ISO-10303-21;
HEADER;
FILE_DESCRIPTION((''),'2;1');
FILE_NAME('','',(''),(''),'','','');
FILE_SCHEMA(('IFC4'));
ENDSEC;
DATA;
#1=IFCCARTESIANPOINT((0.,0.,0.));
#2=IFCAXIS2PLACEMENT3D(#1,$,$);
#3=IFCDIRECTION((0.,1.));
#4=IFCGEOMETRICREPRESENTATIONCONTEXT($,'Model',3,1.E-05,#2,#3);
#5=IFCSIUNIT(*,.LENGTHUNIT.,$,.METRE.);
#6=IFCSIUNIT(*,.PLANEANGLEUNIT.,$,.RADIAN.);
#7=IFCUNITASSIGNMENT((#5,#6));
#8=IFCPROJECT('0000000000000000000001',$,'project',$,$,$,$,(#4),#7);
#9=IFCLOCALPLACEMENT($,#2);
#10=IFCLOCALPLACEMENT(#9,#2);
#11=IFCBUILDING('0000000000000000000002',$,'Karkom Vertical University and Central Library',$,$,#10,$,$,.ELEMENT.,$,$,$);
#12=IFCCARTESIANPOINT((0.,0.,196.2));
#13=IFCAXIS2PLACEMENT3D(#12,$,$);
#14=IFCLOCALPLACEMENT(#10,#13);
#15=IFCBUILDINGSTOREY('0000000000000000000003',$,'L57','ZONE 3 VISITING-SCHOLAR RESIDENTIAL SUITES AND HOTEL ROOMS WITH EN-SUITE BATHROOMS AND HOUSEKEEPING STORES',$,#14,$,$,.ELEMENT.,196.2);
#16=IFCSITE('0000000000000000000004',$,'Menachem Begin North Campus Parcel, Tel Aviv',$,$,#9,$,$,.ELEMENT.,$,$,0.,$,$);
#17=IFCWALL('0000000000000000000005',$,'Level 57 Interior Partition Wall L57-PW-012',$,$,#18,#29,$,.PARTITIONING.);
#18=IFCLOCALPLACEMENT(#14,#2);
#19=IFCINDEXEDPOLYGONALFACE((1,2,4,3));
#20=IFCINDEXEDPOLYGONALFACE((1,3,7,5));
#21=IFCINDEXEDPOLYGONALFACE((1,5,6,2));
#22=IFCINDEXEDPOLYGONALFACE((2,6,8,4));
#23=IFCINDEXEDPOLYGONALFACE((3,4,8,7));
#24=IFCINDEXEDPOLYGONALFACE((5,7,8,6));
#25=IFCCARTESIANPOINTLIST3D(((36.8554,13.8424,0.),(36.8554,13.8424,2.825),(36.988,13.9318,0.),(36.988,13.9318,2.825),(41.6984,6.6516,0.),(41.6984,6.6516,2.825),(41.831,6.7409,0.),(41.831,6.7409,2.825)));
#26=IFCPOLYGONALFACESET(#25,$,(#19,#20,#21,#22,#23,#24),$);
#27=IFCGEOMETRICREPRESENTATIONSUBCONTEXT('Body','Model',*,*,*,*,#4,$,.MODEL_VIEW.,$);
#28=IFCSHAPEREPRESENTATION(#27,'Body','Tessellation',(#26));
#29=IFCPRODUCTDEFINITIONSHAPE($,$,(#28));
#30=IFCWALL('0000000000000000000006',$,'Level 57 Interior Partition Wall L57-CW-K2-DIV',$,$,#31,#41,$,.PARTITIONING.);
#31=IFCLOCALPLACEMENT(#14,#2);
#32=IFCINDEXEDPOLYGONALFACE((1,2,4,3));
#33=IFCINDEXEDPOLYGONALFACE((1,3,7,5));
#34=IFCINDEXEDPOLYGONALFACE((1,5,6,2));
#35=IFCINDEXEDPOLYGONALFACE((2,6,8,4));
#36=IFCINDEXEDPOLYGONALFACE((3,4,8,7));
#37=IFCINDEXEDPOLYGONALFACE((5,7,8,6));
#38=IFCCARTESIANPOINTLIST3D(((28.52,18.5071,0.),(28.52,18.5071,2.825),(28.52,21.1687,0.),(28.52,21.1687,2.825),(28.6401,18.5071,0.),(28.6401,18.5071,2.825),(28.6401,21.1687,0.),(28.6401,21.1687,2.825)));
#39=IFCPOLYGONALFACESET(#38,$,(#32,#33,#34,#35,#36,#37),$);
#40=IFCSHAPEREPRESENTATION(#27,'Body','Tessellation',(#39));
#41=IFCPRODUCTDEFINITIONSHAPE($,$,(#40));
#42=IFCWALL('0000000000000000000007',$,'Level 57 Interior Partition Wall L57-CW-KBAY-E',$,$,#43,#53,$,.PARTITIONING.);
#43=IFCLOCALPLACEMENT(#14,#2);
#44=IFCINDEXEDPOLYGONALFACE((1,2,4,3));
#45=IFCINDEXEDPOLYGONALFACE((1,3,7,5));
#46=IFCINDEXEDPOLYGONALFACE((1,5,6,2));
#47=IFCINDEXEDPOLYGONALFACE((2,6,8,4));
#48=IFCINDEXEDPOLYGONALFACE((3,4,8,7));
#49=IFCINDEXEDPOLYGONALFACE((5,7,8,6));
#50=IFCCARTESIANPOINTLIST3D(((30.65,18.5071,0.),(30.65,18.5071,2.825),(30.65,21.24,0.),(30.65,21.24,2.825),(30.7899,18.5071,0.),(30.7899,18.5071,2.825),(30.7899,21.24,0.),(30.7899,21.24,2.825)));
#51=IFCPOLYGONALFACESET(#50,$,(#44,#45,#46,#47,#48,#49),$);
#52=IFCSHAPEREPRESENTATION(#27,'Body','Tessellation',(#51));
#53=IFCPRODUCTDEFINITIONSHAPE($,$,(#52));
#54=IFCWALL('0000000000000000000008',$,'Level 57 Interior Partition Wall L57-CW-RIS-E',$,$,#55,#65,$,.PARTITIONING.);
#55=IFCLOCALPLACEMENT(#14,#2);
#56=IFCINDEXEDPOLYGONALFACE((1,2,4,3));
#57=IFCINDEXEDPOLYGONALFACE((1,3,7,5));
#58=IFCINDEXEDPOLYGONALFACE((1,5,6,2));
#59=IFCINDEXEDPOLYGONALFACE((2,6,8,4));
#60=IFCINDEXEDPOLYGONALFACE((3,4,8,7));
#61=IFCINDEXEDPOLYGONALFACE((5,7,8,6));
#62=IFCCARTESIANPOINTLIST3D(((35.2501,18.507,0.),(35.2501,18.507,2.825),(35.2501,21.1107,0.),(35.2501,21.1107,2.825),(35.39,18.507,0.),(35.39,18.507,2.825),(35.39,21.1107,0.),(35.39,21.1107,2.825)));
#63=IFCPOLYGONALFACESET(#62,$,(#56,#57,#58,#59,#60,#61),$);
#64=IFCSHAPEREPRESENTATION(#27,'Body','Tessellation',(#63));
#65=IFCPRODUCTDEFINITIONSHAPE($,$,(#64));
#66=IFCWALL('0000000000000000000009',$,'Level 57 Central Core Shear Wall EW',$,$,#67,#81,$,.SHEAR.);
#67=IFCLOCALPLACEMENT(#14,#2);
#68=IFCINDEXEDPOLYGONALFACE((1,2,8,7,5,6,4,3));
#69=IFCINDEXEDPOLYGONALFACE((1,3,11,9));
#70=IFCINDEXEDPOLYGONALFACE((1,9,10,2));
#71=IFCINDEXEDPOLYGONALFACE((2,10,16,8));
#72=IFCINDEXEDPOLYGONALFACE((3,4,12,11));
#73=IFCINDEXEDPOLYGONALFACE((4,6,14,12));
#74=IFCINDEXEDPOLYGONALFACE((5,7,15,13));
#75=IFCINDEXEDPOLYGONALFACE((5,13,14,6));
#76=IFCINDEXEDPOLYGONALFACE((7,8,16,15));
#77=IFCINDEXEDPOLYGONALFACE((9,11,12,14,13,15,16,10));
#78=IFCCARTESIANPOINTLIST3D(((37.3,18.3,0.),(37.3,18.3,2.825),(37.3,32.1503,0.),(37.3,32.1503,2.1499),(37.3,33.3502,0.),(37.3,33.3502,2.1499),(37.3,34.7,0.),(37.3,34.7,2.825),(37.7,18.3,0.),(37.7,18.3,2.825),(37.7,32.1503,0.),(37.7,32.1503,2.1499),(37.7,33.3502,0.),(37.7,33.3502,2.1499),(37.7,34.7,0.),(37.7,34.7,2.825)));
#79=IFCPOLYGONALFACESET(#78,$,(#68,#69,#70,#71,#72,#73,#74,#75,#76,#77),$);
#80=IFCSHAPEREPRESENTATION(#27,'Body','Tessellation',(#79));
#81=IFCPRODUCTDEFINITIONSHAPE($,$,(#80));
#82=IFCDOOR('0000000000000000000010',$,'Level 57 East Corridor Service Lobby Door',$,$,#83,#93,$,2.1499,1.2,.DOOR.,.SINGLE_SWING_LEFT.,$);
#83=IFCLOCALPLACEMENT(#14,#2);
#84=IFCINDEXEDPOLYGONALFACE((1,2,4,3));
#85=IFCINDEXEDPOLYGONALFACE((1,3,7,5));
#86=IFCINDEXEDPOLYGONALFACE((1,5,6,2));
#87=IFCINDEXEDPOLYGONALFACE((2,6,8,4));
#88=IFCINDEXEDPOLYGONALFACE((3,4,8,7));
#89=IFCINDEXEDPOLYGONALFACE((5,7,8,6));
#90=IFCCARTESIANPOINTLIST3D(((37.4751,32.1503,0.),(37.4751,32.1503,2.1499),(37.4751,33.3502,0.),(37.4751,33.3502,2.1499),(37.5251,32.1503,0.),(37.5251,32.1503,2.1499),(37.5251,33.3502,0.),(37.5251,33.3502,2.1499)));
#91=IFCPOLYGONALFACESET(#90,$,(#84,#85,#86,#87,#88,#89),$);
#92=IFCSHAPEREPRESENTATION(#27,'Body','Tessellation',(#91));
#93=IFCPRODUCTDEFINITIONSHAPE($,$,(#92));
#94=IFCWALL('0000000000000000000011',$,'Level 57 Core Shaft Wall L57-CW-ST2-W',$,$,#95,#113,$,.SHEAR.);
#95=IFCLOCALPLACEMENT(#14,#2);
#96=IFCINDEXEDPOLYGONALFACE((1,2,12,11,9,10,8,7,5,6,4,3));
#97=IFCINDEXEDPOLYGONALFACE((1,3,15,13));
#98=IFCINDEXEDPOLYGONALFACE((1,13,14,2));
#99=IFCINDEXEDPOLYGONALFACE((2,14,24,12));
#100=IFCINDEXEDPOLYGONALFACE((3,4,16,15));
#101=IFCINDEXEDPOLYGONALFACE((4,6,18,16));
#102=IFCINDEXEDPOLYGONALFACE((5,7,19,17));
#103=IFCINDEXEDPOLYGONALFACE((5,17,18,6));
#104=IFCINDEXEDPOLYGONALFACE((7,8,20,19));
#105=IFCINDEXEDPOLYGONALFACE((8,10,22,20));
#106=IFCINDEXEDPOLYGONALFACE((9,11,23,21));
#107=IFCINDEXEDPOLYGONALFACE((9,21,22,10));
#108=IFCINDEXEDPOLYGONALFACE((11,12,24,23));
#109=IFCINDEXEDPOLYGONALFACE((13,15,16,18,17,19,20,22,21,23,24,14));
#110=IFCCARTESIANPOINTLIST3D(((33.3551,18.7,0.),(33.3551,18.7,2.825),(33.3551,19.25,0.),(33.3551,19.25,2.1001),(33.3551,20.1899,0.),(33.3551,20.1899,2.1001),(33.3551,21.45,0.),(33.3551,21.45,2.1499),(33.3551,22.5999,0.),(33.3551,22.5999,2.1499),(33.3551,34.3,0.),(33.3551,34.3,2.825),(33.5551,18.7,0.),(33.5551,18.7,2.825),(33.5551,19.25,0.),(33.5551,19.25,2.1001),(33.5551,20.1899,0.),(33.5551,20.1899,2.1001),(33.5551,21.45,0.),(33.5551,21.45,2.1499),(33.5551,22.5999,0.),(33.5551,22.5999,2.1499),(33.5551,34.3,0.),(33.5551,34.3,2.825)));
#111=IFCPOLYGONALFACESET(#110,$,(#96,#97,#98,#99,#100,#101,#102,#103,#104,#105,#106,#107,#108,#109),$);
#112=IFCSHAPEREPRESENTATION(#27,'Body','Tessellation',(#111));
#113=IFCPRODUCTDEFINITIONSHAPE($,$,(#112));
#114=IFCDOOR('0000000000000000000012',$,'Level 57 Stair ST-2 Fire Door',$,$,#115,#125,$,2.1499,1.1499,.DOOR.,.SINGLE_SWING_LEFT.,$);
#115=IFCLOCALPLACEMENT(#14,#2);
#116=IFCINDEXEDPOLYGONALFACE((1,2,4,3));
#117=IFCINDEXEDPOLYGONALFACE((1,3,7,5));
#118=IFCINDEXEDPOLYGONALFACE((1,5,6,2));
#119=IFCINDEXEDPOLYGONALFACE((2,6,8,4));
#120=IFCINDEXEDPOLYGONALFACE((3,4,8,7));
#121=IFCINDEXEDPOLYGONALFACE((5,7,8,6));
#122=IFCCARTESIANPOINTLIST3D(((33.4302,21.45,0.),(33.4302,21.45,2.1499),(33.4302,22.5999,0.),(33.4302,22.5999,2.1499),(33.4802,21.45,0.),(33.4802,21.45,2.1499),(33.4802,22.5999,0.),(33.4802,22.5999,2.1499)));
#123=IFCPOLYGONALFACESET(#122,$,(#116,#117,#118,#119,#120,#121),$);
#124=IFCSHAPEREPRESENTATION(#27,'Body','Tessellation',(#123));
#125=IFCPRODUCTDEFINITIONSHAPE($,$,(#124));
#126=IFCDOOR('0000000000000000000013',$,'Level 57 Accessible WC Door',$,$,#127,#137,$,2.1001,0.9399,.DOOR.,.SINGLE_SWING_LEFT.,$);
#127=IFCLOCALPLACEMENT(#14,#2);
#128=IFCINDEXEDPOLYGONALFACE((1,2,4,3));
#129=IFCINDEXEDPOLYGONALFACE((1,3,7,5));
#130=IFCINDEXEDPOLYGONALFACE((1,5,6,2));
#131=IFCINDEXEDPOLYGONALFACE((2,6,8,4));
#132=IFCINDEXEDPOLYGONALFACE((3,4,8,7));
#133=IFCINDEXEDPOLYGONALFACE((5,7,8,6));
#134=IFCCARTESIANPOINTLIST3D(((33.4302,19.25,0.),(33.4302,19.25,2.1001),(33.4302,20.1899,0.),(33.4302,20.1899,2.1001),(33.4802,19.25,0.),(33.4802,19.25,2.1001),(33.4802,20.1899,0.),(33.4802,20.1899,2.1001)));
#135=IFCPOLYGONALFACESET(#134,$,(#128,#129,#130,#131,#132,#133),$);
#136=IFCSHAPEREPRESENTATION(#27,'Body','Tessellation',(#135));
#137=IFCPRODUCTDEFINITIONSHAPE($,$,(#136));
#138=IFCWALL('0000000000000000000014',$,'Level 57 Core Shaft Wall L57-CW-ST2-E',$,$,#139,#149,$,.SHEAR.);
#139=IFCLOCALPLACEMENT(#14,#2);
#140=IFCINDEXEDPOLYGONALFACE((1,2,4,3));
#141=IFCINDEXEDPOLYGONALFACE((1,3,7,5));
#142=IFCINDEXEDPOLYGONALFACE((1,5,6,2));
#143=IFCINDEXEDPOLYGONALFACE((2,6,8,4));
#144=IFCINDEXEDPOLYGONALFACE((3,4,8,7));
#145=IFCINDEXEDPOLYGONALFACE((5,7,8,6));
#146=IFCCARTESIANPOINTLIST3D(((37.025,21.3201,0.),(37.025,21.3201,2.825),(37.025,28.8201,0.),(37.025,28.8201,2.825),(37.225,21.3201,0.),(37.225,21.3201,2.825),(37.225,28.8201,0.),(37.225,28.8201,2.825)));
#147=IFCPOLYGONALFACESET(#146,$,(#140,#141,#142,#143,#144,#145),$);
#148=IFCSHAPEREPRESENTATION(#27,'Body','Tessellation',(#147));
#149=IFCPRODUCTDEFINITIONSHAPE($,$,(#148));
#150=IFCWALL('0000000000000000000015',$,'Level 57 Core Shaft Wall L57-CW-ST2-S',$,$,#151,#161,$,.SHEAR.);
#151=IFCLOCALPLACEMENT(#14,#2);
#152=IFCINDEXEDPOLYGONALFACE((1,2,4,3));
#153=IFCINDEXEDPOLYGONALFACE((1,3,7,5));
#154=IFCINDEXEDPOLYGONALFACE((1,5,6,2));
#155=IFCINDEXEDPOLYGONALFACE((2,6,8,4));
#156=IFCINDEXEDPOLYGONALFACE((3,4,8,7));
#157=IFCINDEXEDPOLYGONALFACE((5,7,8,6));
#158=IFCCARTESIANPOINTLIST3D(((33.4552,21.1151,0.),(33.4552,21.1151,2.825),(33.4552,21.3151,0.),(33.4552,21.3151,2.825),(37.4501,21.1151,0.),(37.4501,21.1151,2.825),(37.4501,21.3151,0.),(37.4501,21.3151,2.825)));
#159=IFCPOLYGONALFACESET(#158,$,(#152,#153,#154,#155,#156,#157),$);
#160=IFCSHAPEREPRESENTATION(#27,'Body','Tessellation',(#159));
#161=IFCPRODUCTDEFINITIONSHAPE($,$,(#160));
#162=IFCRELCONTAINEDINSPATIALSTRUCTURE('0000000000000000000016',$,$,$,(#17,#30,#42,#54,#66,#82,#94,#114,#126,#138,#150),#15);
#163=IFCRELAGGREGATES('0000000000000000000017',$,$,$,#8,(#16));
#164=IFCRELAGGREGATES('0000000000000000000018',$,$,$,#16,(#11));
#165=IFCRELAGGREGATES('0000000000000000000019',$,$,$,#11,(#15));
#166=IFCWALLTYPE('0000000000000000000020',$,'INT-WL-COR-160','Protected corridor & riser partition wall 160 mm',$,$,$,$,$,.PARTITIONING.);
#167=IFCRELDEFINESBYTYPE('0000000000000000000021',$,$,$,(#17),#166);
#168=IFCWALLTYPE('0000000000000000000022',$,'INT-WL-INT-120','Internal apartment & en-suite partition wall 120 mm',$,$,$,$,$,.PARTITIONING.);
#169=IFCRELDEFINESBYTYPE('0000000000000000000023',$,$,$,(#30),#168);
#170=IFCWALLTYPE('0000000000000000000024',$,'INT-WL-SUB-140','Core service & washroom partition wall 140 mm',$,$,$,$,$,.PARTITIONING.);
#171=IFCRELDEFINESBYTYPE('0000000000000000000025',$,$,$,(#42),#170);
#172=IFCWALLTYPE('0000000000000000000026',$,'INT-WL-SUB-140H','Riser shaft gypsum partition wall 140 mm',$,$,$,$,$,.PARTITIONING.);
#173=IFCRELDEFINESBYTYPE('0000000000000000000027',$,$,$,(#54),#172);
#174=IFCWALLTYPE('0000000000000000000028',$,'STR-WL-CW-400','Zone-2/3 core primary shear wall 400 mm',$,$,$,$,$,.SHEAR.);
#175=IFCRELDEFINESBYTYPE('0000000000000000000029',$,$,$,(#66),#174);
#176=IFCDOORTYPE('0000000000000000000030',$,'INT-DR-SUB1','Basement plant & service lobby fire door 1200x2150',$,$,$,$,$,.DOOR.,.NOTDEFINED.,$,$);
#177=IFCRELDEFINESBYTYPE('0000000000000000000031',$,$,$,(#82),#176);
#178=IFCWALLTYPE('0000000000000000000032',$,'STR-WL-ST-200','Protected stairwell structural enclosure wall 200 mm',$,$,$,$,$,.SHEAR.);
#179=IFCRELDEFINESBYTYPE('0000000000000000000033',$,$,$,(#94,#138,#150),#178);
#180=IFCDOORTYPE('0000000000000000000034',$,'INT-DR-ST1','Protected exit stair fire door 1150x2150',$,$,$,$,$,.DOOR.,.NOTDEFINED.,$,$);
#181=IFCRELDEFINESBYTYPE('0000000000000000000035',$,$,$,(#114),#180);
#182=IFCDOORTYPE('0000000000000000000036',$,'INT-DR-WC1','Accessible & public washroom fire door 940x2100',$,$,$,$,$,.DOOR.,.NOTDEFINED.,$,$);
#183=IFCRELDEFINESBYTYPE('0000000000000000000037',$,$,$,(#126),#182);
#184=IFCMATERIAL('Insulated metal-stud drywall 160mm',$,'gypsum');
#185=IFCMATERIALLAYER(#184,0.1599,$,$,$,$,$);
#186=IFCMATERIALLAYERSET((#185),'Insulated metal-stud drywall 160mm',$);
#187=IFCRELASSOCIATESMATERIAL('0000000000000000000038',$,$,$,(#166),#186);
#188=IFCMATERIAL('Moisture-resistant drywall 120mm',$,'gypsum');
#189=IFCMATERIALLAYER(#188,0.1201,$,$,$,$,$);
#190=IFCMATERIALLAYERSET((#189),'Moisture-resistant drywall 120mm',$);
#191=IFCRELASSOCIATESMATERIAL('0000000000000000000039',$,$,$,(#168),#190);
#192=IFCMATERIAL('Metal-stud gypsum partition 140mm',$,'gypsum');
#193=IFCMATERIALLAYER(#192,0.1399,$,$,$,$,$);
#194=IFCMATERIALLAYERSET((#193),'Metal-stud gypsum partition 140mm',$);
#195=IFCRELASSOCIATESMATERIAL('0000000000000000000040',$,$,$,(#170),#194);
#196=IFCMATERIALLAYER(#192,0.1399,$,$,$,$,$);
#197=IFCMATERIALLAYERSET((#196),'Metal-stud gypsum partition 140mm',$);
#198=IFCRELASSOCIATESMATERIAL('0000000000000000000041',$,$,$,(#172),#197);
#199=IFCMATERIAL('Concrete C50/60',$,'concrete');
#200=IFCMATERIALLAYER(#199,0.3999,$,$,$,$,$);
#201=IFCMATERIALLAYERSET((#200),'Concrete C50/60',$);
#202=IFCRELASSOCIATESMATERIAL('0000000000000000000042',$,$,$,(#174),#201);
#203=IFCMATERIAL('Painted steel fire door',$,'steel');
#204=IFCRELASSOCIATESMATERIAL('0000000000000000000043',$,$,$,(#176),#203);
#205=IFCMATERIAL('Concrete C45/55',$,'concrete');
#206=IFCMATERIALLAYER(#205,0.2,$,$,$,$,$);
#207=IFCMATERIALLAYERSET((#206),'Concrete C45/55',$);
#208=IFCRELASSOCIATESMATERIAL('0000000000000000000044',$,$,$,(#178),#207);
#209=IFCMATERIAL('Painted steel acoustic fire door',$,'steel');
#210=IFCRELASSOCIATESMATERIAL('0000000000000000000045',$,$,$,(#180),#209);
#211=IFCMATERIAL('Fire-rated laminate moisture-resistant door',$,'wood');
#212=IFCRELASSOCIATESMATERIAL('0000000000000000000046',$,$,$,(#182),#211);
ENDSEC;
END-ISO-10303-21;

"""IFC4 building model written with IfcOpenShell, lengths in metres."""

from ifc_helpers import new_model, si_unit, direction, frame, frame_2d, origin, origin_with_axes, place, context, subcontext, project, spatial, rectangle, extrude, source, transform, mapped, material, layer, layer_set, type_object, element, fill, save


model = new_model("IFC4")

# Units and contexts
model_context = context("Model", 3, precision=1e-05, world=origin(), true_north=direction((0.0, 1.0)))
body_context = subcontext(model_context, "Body", "Model", "MODEL_VIEW")
ifc_project = project(units=[si_unit("LENGTHUNIT", "METRE"), si_unit("PLANEANGLEUNIT", "RADIAN")], contexts=[model_context])

# Site, building, storey
site_placement = place(None, origin())
site = spatial("IfcSite", under=ifc_project, at=site_placement, Name="Menachem Begin North Campus Parcel, Tel Aviv", CompositionType="ELEMENT", RefElevation=0.0)
building_placement = place(site_placement, origin())
building = spatial("IfcBuilding", under=site, at=building_placement, Name="Karkom Vertical University and Central Library", CompositionType="ELEMENT")
storey_placement = place(building_placement, frame((0.0, 0.0, 196.2)))
storey = spatial("IfcBuildingStorey", under=building, at=storey_placement, Name="L57", Description="ZONE 3 VISITING-SCHOLAR RESIDENTIAL SUITES AND HOTEL ROOMS WITH EN-SUITE BATHROOMS AND HOUSEKEEPING STORES", CompositionType="ELEMENT", Elevation=196.2)

# Shared definitions
ifc_material_1 = material(Name="Concrete C50/60", Category="concrete")

# Shared definitions
ifc_material_2 = material(Name="Insulated metal-stud drywall 160mm", Category="gypsum")
ifc_layer_1 = layer(ifc_material_2, 0.1599)
ifc_layer_set_1 = layer_set([ifc_layer_1], Name="Insulated metal-stud drywall 160mm")
wall_type_1 = type_object("IfcWallType", Name="INT-WL-COR-160", Description="Protected corridor & riser partition wall 160 mm", PredefinedType="PARTITIONING", material=ifc_layer_set_1)

# Walls
wall_1_placement = place(storey_placement, frame((36.9216, 13.8872, 0.0), z_axis=(0.0, 0.0, 1.0), x_axis=(0.558613, -0.829429, 0.0)))
element("IfcWall", 1, at=wall_1_placement, inside=storey, type_object=wall_type_1, Name="Level 57 Interior Partition Wall L57-PW-012", PredefinedType="PARTITIONING", context=body_context, shape_type="SweptSolid", body=[
    extrude(rectangle(XDim=8.6697, YDim=0.1599, at=frame_2d((4.335, 0.0))), origin(), (0.0, 0.0, 1.0), 2.825),
])
ifc_material_3 = material(Name="Moisture-resistant drywall 120mm", Category="gypsum")
ifc_layer_2 = layer(ifc_material_3, 0.1201)
ifc_layer_set_2 = layer_set([ifc_layer_2], Name="Moisture-resistant drywall 120mm")
wall_type_2 = type_object("IfcWallType", Name="INT-WL-INT-120", Description="Internal apartment & en-suite partition wall 120 mm", PredefinedType="PARTITIONING", material=ifc_layer_set_2)
wall_2_placement = place(storey_placement, frame((28.5801, 18.5071, 0.0), z_axis=(0.0, 0.0, 1.0), x_axis=(0.0, 1.0, 0.0)))
element("IfcWall", 2, at=wall_2_placement, inside=storey, type_object=wall_type_2, Name="Level 57 Interior Partition Wall L57-CW-K2-DIV", PredefinedType="PARTITIONING", context=body_context, shape_type="SweptSolid", body=[
    extrude(rectangle(XDim=2.6616, YDim=0.1201, at=frame_2d((1.3308, 0.0))), origin(), (0.0, 0.0, 1.0), 2.825),
])
ifc_material_4 = material(Name="Metal-stud gypsum partition 140mm", Category="gypsum")
ifc_layer_3 = layer(ifc_material_4, 0.1399)
ifc_layer_set_3 = layer_set([ifc_layer_3], Name="Metal-stud gypsum partition 140mm")
wall_type_3 = type_object("IfcWallType", Name="INT-WL-SUB-140", Description="Core service & washroom partition wall 140 mm", PredefinedType="PARTITIONING", material=ifc_layer_set_3)
wall_3_placement = place(storey_placement, frame((30.72, 18.5071, 0.0), z_axis=(0.0, 0.0, 1.0), x_axis=(0.0, 1.0, 0.0)))
element("IfcWall", 3, at=wall_3_placement, inside=storey, type_object=wall_type_3, Name="Level 57 Interior Partition Wall L57-CW-KBAY-E", PredefinedType="PARTITIONING", context=body_context, shape_type="SweptSolid", body=[
    extrude(rectangle(XDim=2.7329, YDim=0.1399, at=frame_2d((1.3665, 0.0))), origin(), (0.0, 0.0, 1.0), 2.825),
])
ifc_layer_4 = layer(ifc_material_4, 0.1399)
ifc_layer_set_4 = layer_set([ifc_layer_4], Name="Metal-stud gypsum partition 140mm")
wall_type_4 = type_object("IfcWallType", Name="INT-WL-SUB-140H", Description="Riser shaft gypsum partition wall 140 mm", PredefinedType="PARTITIONING", material=ifc_layer_set_4)
wall_4_placement = place(storey_placement, frame((35.3201, 18.5071, 0.0), z_axis=(0.0, 0.0, 1.0), x_axis=(0.0, 1.0, 0.0)))
element("IfcWall", 4, at=wall_4_placement, inside=storey, type_object=wall_type_4, Name="Level 57 Interior Partition Wall L57-CW-RIS-E", PredefinedType="PARTITIONING", context=body_context, shape_type="SweptSolid", body=[
    extrude(rectangle(XDim=2.6038, YDim=0.1399, at=frame_2d((1.3018, 0.0))), origin(), (0.0, 0.0, 1.0), 2.825),
])

# Wall, opening, door
ifc_layer_5 = layer(ifc_material_1, 0.3999)
ifc_layer_set_5 = layer_set([ifc_layer_5], Name="Concrete C50/60")
wall_type_5 = type_object("IfcWallType", Name="STR-WL-CW-400", Description="Zone-2/3 core primary shear wall 400 mm", PredefinedType="SHEAR", material=ifc_layer_set_5)
wall_5_placement = place(storey_placement, frame((37.5, 18.3, 0.0), z_axis=(0.0, 0.0, 1.0), x_axis=(0.0, 1.0, 0.0)))
wall_5 = element("IfcWall", 5, at=wall_5_placement, inside=storey, type_object=wall_type_5, Name="Level 57 Central Core Shear Wall EW", PredefinedType="SHEAR", context=body_context, shape_type="SweptSolid", body=[
    extrude(rectangle(XDim=16.3999, YDim=0.3999, at=frame_2d((8.2, 0.0))), origin(), (0.0, 0.0, 1.0), 2.825),
])
opening_1_placement = place(wall_5_placement, frame((13.8501, 0.0, 0.0)))
opening_1 = element("IfcOpeningElement", 6, at=opening_1_placement, cuts=wall_5, PredefinedType="OPENING", context=body_context, shape_type="SweptSolid", body=[
    extrude(rectangle(XDim=1.2, YDim=2.1499, at=frame_2d((0.6001, 1.075))), frame((0.0, 0.21, 0.0), z_axis=(0.0, -1.0, 0.0), x_axis=(1.0, 0.0, 0.0)), (0.0, 0.0, 1.0), 0.4199),
])
ifc_material_5 = material(Name="Painted steel fire door", Category="steel")
door_type_1 = type_object("IfcDoorType", Name="INT-DR-SUB1", Description="Basement plant & service lobby fire door 1200x2150", OperationType="NOTDEFINED", PredefinedType="DOOR", material=ifc_material_5)
shared_shape_1 = source(origin_with_axes(), body_context, "Body", "SweptSolid", [
    extrude(rectangle(XDim=1.2, YDim=2.1499, at=frame_2d((0.6001, 1.075))), frame((0.0, 0.0249, 0.0), z_axis=(0.0, -1.0, 0.0), x_axis=(1.0, 0.0, 0.0)), (0.0, 0.0, 1.0), 0.05),
])
door_1_placement = place(opening_1_placement, origin())
door_1 = element("IfcDoor", 7, at=door_1_placement, inside=storey, type_object=door_type_1, Name="Level 57 East Corridor Service Lobby Door", OperationType="SINGLE_SWING_LEFT", OverallHeight=2.1499, OverallWidth=1.2, PredefinedType="DOOR", context=body_context, shape_type="MappedRepresentation", body=[
    mapped(shared_shape_1, transform((0.0, 0.0, 0.0), scale=1.0)),
])
fill(opening_1, door_1)

# Wall, openings, doors
ifc_material_6 = material(Name="Concrete C45/55", Category="concrete")
ifc_layer_6 = layer(ifc_material_6, 0.2)
ifc_layer_set_6 = layer_set([ifc_layer_6], Name="Concrete C45/55")
wall_type_6 = type_object("IfcWallType", Name="STR-WL-ST-200", Description="Protected stairwell structural enclosure wall 200 mm", PredefinedType="SHEAR", material=ifc_layer_set_6)
wall_6_placement = place(storey_placement, frame((33.4551, 18.7, 0.0), z_axis=(0.0, 0.0, 1.0), x_axis=(0.0, 1.0, 0.0)))
wall_6 = element("IfcWall", 8, at=wall_6_placement, inside=storey, type_object=wall_type_6, Name="Level 57 Core Shaft Wall L57-CW-ST2-W", PredefinedType="SHEAR", context=body_context, shape_type="SweptSolid", body=[
    extrude(rectangle(XDim=15.6001, YDim=0.2, at=frame_2d((7.8, 0.0))), origin(), (0.0, 0.0, 1.0), 2.825),
])
opening_2_placement = place(wall_6_placement, frame((2.75, 0.0, 0.0)))
opening_2 = element("IfcOpeningElement", 9, at=opening_2_placement, cuts=wall_6, PredefinedType="OPENING", context=body_context, shape_type="SweptSolid", body=[
    extrude(rectangle(XDim=1.1499, YDim=2.1499, at=frame_2d((0.575, 1.075))), frame((0.0, 0.1099, 0.0), z_axis=(0.0, -1.0, 0.0), x_axis=(1.0, 0.0, 0.0)), (0.0, 0.0, 1.0), 0.22),
])
opening_3_placement = place(wall_6_placement, frame((0.55, 0.0, 0.0)))
opening_3 = element("IfcOpeningElement", 10, at=opening_3_placement, cuts=wall_6, PredefinedType="OPENING", context=body_context, shape_type="SweptSolid", body=[
    extrude(rectangle(XDim=0.9399, YDim=2.1001, at=frame_2d((0.47, 1.05))), frame((0.0, 0.1099, 0.0), z_axis=(0.0, -1.0, 0.0), x_axis=(1.0, 0.0, 0.0)), (0.0, 0.0, 1.0), 0.22),
])
ifc_material_7 = material(Name="Painted steel acoustic fire door", Category="steel")
door_type_2 = type_object("IfcDoorType", Name="INT-DR-ST1", Description="Protected exit stair fire door 1150x2150", OperationType="NOTDEFINED", PredefinedType="DOOR", material=ifc_material_7)
shared_shape_2 = source(origin_with_axes(), body_context, "Body", "SweptSolid", [
    extrude(rectangle(XDim=1.1499, YDim=2.1499, at=frame_2d((0.575, 1.075))), frame((0.0, 0.0249, 0.0), z_axis=(0.0, -1.0, 0.0), x_axis=(1.0, 0.0, 0.0)), (0.0, 0.0, 1.0), 0.05),
])
door_2_placement = place(opening_2_placement, origin())
door_2 = element("IfcDoor", 11, at=door_2_placement, inside=storey, type_object=door_type_2, Name="Level 57 Stair ST-2 Fire Door", OperationType="SINGLE_SWING_LEFT", OverallHeight=2.1499, OverallWidth=1.1499, PredefinedType="DOOR", context=body_context, shape_type="MappedRepresentation", body=[
    mapped(shared_shape_2, transform((0.0, 0.0, 0.0), scale=1.0)),
])
fill(opening_2, door_2)
ifc_material_8 = material(Name="Fire-rated laminate moisture-resistant door", Category="wood")
door_type_3 = type_object("IfcDoorType", Name="INT-DR-WC1", Description="Accessible & public washroom fire door 940x2100", OperationType="NOTDEFINED", PredefinedType="DOOR", material=ifc_material_8)
shared_shape_3 = source(origin_with_axes(), body_context, "Body", "SweptSolid", [
    extrude(rectangle(XDim=0.9399, YDim=2.1001, at=frame_2d((0.47, 1.05))), frame((0.0, 0.0249, 0.0), z_axis=(0.0, -1.0, 0.0), x_axis=(1.0, 0.0, 0.0)), (0.0, 0.0, 1.0), 0.05),
])
door_3_placement = place(opening_3_placement, origin())
door_3 = element("IfcDoor", 12, at=door_3_placement, inside=storey, type_object=door_type_3, Name="Level 57 Accessible WC Door", OperationType="SINGLE_SWING_LEFT", OverallHeight=2.1001, OverallWidth=0.9399, PredefinedType="DOOR", context=body_context, shape_type="MappedRepresentation", body=[
    mapped(shared_shape_3, transform((0.0, 0.0, 0.0), scale=1.0)),
])
fill(opening_3, door_3)

# Walls
wall_7_placement = place(storey_placement, frame((37.125, 21.3201, 0.0), z_axis=(0.0, 0.0, 1.0), x_axis=(0.0, 1.0, 0.0)))
element("IfcWall", 13, at=wall_7_placement, inside=storey, type_object=wall_type_6, Name="Level 57 Core Shaft Wall L57-CW-ST2-E", PredefinedType="SHEAR", context=body_context, shape_type="SweptSolid", body=[
    extrude(rectangle(XDim=7.5, YDim=0.2, at=frame_2d((3.75, 0.0))), origin(), (0.0, 0.0, 1.0), 2.825),
])
wall_8_placement = place(storey_placement, frame((33.4551, 21.2151, 0.0), z_axis=(0.0, 0.0, 1.0), x_axis=(1.0, 0.0, 0.0)))
element("IfcWall", 14, at=wall_8_placement, inside=storey, type_object=wall_type_6, Name="Level 57 Core Shaft Wall L57-CW-ST2-S", PredefinedType="SHEAR", context=body_context, shape_type="SweptSolid", body=[
    extrude(rectangle(XDim=3.9949, YDim=0.2, at=frame_2d((1.9976, 0.0))), origin(), (0.0, 0.0, 1.0), 2.825),
])

save(model, "model.ifc")
